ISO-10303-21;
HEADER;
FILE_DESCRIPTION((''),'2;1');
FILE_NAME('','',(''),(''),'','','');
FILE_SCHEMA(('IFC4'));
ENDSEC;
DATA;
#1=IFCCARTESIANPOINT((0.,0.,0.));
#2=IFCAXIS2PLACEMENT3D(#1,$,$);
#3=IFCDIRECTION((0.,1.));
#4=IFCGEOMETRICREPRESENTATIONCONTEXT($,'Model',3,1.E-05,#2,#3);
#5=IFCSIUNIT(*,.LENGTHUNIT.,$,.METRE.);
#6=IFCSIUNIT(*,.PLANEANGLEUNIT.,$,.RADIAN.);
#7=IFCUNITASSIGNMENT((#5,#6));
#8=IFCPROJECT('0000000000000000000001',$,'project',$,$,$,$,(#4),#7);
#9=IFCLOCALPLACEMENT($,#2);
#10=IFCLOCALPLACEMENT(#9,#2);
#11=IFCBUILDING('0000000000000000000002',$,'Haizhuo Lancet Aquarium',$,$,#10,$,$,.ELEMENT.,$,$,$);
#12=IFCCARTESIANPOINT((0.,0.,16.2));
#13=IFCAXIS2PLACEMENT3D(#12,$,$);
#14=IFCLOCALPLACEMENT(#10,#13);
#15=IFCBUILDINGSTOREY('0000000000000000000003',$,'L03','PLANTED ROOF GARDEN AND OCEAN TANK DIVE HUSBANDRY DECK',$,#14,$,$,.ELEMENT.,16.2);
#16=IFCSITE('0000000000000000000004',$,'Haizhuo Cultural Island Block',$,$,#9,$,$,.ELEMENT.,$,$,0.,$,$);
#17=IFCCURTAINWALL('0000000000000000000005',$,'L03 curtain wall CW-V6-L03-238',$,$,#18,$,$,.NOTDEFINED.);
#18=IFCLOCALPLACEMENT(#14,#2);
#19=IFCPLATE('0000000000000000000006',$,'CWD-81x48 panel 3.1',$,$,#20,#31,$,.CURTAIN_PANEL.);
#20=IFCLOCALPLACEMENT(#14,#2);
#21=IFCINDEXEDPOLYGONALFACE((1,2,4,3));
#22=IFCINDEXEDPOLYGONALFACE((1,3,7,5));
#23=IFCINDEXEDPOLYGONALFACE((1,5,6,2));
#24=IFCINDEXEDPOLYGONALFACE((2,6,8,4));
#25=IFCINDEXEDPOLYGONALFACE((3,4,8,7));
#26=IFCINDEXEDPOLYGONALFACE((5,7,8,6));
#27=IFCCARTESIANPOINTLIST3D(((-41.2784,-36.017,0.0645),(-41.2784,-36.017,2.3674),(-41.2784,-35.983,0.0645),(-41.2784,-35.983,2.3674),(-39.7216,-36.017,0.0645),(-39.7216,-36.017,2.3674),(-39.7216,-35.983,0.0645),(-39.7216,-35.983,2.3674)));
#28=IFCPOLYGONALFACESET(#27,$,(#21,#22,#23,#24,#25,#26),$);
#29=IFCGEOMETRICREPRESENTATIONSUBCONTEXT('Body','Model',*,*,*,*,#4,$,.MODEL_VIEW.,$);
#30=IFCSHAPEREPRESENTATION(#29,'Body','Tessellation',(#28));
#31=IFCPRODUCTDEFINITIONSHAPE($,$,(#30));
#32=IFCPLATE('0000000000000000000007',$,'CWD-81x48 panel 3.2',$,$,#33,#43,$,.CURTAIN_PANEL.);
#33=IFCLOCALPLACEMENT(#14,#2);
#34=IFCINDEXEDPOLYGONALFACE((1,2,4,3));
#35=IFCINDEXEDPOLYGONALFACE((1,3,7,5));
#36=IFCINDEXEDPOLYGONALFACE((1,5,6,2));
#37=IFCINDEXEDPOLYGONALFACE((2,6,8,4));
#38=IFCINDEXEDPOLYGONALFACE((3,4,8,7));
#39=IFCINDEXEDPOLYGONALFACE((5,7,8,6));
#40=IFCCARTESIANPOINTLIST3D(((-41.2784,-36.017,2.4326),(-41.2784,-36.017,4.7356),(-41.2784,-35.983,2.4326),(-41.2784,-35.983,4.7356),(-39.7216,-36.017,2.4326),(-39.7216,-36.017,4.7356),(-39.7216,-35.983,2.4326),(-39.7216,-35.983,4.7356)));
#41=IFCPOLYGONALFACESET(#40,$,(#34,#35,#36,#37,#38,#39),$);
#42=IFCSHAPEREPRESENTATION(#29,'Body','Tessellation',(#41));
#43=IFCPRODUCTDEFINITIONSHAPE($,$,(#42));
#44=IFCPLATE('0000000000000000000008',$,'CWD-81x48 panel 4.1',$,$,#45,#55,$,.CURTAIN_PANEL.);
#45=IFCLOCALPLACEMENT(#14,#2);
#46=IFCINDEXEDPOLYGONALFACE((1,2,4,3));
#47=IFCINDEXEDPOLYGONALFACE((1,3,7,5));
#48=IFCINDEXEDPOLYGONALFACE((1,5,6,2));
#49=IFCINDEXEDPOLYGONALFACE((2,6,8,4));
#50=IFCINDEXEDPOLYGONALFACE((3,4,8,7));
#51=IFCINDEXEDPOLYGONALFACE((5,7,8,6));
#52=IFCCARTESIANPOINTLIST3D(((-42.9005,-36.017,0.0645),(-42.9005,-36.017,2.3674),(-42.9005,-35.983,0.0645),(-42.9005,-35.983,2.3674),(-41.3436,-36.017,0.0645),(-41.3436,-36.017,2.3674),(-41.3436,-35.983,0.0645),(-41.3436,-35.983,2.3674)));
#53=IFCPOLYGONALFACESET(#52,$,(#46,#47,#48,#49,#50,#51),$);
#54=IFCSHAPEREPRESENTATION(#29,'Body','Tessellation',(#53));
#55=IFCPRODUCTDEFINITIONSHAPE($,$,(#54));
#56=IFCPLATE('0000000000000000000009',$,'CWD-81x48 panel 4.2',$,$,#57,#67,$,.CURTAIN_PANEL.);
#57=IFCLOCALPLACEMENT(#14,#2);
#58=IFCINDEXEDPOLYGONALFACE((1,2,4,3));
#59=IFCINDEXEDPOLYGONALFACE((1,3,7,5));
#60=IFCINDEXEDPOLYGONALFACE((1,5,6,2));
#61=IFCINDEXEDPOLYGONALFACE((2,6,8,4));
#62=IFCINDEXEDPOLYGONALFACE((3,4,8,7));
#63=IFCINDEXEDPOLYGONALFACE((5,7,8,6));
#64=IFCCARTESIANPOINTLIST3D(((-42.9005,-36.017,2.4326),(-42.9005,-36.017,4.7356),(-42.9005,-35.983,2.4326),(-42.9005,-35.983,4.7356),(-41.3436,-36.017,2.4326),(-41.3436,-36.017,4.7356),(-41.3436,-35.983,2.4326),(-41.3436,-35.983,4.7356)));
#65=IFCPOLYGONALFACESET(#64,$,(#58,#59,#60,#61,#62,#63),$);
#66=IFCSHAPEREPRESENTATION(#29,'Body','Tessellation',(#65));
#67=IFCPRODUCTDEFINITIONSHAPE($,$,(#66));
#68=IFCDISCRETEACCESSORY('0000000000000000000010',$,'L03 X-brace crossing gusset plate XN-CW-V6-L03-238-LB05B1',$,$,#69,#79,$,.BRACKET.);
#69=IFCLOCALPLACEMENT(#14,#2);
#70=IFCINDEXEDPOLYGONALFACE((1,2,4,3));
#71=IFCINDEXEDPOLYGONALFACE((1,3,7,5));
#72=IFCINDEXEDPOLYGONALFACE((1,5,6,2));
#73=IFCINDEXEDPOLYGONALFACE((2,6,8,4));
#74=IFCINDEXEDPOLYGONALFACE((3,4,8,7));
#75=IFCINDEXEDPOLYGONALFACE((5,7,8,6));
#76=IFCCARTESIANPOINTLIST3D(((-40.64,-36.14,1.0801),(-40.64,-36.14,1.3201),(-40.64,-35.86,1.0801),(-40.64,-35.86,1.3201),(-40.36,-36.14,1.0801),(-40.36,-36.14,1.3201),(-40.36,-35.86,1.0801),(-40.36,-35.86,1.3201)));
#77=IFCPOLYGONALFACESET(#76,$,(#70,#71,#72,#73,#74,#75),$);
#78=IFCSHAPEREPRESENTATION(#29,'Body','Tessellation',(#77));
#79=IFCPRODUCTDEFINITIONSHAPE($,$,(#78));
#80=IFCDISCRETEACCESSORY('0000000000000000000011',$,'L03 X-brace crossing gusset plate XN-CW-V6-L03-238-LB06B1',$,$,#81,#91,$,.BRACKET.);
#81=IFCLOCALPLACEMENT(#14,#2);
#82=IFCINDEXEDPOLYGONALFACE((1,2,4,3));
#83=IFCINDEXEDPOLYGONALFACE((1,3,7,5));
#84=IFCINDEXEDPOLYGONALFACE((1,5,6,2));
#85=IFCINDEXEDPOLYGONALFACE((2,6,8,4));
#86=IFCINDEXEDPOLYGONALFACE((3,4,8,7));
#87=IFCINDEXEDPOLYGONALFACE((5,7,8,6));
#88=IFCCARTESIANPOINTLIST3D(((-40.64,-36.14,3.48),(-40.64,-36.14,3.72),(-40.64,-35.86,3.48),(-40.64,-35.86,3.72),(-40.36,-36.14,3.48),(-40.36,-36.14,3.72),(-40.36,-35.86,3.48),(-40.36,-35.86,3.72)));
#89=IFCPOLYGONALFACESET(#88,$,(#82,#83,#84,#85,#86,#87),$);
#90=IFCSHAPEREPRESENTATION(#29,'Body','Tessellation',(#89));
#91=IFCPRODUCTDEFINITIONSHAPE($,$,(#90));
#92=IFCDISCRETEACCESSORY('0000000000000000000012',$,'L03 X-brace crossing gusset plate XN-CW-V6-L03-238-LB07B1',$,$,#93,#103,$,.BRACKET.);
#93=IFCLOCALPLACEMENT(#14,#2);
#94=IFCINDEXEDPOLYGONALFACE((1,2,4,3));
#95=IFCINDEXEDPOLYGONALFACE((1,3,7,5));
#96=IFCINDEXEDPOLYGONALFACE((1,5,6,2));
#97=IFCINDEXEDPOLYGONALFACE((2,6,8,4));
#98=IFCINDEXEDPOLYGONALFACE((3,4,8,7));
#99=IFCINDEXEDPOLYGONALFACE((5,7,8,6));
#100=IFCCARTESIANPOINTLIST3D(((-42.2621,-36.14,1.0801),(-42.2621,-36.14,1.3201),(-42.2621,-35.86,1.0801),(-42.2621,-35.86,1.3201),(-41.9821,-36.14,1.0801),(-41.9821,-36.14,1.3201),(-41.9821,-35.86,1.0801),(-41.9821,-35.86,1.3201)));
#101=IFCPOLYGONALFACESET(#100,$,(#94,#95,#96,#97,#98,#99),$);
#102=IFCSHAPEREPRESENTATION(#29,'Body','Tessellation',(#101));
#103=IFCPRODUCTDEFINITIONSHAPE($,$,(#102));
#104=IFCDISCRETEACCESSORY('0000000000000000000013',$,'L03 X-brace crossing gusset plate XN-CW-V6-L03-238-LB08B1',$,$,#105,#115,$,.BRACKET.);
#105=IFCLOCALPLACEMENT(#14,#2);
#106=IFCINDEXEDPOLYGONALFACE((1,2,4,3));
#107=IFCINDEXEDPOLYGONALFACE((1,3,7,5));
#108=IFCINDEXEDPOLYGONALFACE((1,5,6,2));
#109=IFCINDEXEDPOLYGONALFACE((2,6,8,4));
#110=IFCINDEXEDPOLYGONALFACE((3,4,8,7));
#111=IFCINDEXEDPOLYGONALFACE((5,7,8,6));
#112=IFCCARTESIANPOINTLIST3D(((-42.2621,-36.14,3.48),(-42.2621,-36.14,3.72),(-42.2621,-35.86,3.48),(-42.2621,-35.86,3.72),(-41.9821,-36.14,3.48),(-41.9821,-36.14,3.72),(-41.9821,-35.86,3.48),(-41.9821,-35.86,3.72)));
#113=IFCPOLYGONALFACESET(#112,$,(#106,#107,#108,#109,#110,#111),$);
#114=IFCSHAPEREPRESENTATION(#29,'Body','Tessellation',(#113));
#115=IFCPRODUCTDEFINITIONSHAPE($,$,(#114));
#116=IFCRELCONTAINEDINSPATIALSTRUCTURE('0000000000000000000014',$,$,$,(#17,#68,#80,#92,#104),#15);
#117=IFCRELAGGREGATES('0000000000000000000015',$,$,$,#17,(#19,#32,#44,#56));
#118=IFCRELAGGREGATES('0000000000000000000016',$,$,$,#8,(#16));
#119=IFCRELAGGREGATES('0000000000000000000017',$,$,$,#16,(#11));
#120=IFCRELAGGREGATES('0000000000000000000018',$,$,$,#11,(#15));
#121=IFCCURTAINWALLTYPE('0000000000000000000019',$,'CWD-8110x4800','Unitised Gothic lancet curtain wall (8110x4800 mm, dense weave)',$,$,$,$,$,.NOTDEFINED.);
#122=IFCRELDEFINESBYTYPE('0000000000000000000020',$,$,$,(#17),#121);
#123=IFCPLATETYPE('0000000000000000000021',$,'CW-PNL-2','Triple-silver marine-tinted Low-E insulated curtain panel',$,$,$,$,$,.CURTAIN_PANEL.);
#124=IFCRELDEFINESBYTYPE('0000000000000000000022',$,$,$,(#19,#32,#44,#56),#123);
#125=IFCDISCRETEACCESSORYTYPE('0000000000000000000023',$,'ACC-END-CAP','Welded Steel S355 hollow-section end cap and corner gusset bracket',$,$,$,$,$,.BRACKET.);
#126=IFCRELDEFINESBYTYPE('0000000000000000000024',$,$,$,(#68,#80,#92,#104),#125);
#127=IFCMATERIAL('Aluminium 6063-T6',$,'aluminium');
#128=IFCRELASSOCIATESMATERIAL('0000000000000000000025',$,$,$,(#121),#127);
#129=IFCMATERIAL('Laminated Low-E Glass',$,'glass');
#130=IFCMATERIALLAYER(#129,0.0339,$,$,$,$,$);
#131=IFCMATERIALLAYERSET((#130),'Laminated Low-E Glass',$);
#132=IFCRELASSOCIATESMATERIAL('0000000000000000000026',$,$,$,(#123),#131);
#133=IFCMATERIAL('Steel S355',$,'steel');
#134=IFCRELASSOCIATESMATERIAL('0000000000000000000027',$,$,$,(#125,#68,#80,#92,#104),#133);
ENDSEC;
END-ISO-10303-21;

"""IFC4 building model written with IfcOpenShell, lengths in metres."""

from ifc_helpers import new_model, si_unit, direction, frame, origin, origin_2d, place, context, subcontext, project, spatial, rectangle, extrude, material, layer, layer_set, type_object, element, aggregate, save


model = new_model("IFC4")

# Units and contexts
model_context = context("Model", 3, precision=1e-05, world=origin(), true_north=direction((0.0, 1.0)))
body_context = subcontext(model_context, "Body", "Model", "MODEL_VIEW")
ifc_project = project(units=[si_unit("LENGTHUNIT", "METRE"), si_unit("PLANEANGLEUNIT", "RADIAN")], contexts=[model_context])

# Site, building, storey
site_placement = place(None, origin())
site = spatial("IfcSite", under=ifc_project, at=site_placement, Name="Haizhuo Cultural Island Block", CompositionType="ELEMENT", RefElevation=0.0)
building_placement = place(site_placement, origin())
building = spatial("IfcBuilding", under=site, at=building_placement, Name="Haizhuo Lancet Aquarium", CompositionType="ELEMENT")
storey_placement = place(building_placement, frame((0.0, 0.0, 16.2)))
storey = spatial("IfcBuildingStorey", under=building, at=storey_placement, Name="L03", Description="PLANTED ROOF GARDEN AND OCEAN TANK DIVE HUSBANDRY DECK", CompositionType="ELEMENT", Elevation=16.2)

# Curtain wall
ifc_material_1 = material(Name="Aluminium 6063-T6", Category="aluminium")
curtain_wall_type = type_object("IfcCurtainWallType", Name="CWD-8110x4800", Description="Unitised Gothic lancet curtain wall (8110x4800 mm, dense weave)", PredefinedType="NOTDEFINED", material=ifc_material_1)
curtain_wall_placement = place(storey_placement, origin())
curtain_wall = element("IfcCurtainWall", 1, at=curtain_wall_placement, inside=storey, type_object=curtain_wall_type, Name="L03 curtain wall CW-V6-L03-238", PredefinedType="NOTDEFINED")

# Shared definitions
ifc_material_2 = material(Name="Steel S355", Category="steel")

# Plates
ifc_material_3 = material(Name="Laminated Low-E Glass", Category="glass")
ifc_layer = layer(ifc_material_3, 0.0339)
ifc_layer_set = layer_set([ifc_layer], Name="Laminated Low-E Glass")
plate_type = type_object("IfcPlateType", Name="CW-PNL-2", Description="Triple-silver marine-tinted Low-E insulated curtain panel", PredefinedType="CURTAIN_PANEL", material=ifc_layer_set)
plate_1_placement = place(storey_placement, frame((-40.5, -36.0, 0.0645), z_axis=(0.0, 0.0, 1.0), x_axis=(-1.0, 0.0, 0.0)))
plate_1 = element("IfcPlate", 2, at=plate_1_placement, type_object=plate_type, Name="CWD-81x48 panel 3.1", PredefinedType="CURTAIN_PANEL", context=body_context, shape_type="SweptSolid", body=[
    extrude(rectangle(XDim=1.5569, YDim=0.0339, at=origin_2d()), origin(), (0.0, 0.0, 1.0), 2.303),
])
plate_2_placement = place(storey_placement, frame((-40.5, -36.0, 2.4326), z_axis=(0.0, 0.0, 1.0), x_axis=(-1.0, 0.0, 0.0)))
plate_2 = element("IfcPlate", 3, at=plate_2_placement, type_object=plate_type, Name="CWD-81x48 panel 3.2", PredefinedType="CURTAIN_PANEL", context=body_context, shape_type="SweptSolid", body=[
    extrude(rectangle(XDim=1.5569, YDim=0.0339, at=origin_2d()), origin(), (0.0, 0.0, 1.0), 2.303),
])
plate_3_placement = place(storey_placement, frame((-42.1221, -36.0, 0.0645), z_axis=(0.0, 0.0, 1.0), x_axis=(-1.0, 0.0, 0.0)))
plate_3 = element("IfcPlate", 4, at=plate_3_placement, type_object=plate_type, Name="CWD-81x48 panel 4.1", PredefinedType="CURTAIN_PANEL", context=body_context, shape_type="SweptSolid", body=[
    extrude(rectangle(XDim=1.5569, YDim=0.0339, at=origin_2d()), origin(), (0.0, 0.0, 1.0), 2.303),
])
plate_4_placement = place(storey_placement, frame((-42.1221, -36.0, 2.4326), z_axis=(0.0, 0.0, 1.0), x_axis=(-1.0, 0.0, 0.0)))
plate_4 = element("IfcPlate", 5, at=plate_4_placement, type_object=plate_type, Name="CWD-81x48 panel 4.2", PredefinedType="CURTAIN_PANEL", context=body_context, shape_type="SweptSolid", body=[
    extrude(rectangle(XDim=1.5569, YDim=0.0339, at=origin_2d()), origin(), (0.0, 0.0, 1.0), 2.303),
])
aggregate(curtain_wall, [plate_1, plate_2, plate_3, plate_4])

# Discrete accessories
discrete_accessory_type = type_object("IfcDiscreteAccessoryType", Name="ACC-END-CAP", Description="Welded Steel S355 hollow-section end cap and corner gusset bracket", PredefinedType="BRACKET", material=ifc_material_2)
for number, where, z_axis, x_axis, name in (
    (6, (-40.5, -36.0, 1.0801), (0.0, 0.0, 1.0), (1.0, 0.0, 0.0), "L03 X-brace crossing gusset plate XN-CW-V6-L03-238-LB05B1"),
    (7, (-40.5, -36.0, 3.48), (0.0, 0.0, 1.0), (1.0, 0.0, 0.0), "L03 X-brace crossing gusset plate XN-CW-V6-L03-238-LB06B1"),
    (8, (-42.1221, -36.0, 1.0801), (0.0, 0.0, 1.0), (1.0, 0.0, 0.0), "L03 X-brace crossing gusset plate XN-CW-V6-L03-238-LB07B1"),
    (9, (-42.1221, -36.0, 3.48), (0.0, 0.0, 1.0), (1.0, 0.0, 0.0), "L03 X-brace crossing gusset plate XN-CW-V6-L03-238-LB08B1"),
):
    element("IfcDiscreteAccessory", number, at=place(storey_placement, frame(where, z_axis=z_axis, x_axis=x_axis)), inside=storey, type_object=discrete_accessory_type, material=ifc_material_2, Name=name, PredefinedType="BRACKET", context=body_context, shape_type="SweptSolid", body=[
        extrude(rectangle(XDim=0.28, YDim=0.28, at=origin_2d()), origin(), (0.0, 0.0, 1.0), 0.24),
    ])

save(model, "model.ifc")
